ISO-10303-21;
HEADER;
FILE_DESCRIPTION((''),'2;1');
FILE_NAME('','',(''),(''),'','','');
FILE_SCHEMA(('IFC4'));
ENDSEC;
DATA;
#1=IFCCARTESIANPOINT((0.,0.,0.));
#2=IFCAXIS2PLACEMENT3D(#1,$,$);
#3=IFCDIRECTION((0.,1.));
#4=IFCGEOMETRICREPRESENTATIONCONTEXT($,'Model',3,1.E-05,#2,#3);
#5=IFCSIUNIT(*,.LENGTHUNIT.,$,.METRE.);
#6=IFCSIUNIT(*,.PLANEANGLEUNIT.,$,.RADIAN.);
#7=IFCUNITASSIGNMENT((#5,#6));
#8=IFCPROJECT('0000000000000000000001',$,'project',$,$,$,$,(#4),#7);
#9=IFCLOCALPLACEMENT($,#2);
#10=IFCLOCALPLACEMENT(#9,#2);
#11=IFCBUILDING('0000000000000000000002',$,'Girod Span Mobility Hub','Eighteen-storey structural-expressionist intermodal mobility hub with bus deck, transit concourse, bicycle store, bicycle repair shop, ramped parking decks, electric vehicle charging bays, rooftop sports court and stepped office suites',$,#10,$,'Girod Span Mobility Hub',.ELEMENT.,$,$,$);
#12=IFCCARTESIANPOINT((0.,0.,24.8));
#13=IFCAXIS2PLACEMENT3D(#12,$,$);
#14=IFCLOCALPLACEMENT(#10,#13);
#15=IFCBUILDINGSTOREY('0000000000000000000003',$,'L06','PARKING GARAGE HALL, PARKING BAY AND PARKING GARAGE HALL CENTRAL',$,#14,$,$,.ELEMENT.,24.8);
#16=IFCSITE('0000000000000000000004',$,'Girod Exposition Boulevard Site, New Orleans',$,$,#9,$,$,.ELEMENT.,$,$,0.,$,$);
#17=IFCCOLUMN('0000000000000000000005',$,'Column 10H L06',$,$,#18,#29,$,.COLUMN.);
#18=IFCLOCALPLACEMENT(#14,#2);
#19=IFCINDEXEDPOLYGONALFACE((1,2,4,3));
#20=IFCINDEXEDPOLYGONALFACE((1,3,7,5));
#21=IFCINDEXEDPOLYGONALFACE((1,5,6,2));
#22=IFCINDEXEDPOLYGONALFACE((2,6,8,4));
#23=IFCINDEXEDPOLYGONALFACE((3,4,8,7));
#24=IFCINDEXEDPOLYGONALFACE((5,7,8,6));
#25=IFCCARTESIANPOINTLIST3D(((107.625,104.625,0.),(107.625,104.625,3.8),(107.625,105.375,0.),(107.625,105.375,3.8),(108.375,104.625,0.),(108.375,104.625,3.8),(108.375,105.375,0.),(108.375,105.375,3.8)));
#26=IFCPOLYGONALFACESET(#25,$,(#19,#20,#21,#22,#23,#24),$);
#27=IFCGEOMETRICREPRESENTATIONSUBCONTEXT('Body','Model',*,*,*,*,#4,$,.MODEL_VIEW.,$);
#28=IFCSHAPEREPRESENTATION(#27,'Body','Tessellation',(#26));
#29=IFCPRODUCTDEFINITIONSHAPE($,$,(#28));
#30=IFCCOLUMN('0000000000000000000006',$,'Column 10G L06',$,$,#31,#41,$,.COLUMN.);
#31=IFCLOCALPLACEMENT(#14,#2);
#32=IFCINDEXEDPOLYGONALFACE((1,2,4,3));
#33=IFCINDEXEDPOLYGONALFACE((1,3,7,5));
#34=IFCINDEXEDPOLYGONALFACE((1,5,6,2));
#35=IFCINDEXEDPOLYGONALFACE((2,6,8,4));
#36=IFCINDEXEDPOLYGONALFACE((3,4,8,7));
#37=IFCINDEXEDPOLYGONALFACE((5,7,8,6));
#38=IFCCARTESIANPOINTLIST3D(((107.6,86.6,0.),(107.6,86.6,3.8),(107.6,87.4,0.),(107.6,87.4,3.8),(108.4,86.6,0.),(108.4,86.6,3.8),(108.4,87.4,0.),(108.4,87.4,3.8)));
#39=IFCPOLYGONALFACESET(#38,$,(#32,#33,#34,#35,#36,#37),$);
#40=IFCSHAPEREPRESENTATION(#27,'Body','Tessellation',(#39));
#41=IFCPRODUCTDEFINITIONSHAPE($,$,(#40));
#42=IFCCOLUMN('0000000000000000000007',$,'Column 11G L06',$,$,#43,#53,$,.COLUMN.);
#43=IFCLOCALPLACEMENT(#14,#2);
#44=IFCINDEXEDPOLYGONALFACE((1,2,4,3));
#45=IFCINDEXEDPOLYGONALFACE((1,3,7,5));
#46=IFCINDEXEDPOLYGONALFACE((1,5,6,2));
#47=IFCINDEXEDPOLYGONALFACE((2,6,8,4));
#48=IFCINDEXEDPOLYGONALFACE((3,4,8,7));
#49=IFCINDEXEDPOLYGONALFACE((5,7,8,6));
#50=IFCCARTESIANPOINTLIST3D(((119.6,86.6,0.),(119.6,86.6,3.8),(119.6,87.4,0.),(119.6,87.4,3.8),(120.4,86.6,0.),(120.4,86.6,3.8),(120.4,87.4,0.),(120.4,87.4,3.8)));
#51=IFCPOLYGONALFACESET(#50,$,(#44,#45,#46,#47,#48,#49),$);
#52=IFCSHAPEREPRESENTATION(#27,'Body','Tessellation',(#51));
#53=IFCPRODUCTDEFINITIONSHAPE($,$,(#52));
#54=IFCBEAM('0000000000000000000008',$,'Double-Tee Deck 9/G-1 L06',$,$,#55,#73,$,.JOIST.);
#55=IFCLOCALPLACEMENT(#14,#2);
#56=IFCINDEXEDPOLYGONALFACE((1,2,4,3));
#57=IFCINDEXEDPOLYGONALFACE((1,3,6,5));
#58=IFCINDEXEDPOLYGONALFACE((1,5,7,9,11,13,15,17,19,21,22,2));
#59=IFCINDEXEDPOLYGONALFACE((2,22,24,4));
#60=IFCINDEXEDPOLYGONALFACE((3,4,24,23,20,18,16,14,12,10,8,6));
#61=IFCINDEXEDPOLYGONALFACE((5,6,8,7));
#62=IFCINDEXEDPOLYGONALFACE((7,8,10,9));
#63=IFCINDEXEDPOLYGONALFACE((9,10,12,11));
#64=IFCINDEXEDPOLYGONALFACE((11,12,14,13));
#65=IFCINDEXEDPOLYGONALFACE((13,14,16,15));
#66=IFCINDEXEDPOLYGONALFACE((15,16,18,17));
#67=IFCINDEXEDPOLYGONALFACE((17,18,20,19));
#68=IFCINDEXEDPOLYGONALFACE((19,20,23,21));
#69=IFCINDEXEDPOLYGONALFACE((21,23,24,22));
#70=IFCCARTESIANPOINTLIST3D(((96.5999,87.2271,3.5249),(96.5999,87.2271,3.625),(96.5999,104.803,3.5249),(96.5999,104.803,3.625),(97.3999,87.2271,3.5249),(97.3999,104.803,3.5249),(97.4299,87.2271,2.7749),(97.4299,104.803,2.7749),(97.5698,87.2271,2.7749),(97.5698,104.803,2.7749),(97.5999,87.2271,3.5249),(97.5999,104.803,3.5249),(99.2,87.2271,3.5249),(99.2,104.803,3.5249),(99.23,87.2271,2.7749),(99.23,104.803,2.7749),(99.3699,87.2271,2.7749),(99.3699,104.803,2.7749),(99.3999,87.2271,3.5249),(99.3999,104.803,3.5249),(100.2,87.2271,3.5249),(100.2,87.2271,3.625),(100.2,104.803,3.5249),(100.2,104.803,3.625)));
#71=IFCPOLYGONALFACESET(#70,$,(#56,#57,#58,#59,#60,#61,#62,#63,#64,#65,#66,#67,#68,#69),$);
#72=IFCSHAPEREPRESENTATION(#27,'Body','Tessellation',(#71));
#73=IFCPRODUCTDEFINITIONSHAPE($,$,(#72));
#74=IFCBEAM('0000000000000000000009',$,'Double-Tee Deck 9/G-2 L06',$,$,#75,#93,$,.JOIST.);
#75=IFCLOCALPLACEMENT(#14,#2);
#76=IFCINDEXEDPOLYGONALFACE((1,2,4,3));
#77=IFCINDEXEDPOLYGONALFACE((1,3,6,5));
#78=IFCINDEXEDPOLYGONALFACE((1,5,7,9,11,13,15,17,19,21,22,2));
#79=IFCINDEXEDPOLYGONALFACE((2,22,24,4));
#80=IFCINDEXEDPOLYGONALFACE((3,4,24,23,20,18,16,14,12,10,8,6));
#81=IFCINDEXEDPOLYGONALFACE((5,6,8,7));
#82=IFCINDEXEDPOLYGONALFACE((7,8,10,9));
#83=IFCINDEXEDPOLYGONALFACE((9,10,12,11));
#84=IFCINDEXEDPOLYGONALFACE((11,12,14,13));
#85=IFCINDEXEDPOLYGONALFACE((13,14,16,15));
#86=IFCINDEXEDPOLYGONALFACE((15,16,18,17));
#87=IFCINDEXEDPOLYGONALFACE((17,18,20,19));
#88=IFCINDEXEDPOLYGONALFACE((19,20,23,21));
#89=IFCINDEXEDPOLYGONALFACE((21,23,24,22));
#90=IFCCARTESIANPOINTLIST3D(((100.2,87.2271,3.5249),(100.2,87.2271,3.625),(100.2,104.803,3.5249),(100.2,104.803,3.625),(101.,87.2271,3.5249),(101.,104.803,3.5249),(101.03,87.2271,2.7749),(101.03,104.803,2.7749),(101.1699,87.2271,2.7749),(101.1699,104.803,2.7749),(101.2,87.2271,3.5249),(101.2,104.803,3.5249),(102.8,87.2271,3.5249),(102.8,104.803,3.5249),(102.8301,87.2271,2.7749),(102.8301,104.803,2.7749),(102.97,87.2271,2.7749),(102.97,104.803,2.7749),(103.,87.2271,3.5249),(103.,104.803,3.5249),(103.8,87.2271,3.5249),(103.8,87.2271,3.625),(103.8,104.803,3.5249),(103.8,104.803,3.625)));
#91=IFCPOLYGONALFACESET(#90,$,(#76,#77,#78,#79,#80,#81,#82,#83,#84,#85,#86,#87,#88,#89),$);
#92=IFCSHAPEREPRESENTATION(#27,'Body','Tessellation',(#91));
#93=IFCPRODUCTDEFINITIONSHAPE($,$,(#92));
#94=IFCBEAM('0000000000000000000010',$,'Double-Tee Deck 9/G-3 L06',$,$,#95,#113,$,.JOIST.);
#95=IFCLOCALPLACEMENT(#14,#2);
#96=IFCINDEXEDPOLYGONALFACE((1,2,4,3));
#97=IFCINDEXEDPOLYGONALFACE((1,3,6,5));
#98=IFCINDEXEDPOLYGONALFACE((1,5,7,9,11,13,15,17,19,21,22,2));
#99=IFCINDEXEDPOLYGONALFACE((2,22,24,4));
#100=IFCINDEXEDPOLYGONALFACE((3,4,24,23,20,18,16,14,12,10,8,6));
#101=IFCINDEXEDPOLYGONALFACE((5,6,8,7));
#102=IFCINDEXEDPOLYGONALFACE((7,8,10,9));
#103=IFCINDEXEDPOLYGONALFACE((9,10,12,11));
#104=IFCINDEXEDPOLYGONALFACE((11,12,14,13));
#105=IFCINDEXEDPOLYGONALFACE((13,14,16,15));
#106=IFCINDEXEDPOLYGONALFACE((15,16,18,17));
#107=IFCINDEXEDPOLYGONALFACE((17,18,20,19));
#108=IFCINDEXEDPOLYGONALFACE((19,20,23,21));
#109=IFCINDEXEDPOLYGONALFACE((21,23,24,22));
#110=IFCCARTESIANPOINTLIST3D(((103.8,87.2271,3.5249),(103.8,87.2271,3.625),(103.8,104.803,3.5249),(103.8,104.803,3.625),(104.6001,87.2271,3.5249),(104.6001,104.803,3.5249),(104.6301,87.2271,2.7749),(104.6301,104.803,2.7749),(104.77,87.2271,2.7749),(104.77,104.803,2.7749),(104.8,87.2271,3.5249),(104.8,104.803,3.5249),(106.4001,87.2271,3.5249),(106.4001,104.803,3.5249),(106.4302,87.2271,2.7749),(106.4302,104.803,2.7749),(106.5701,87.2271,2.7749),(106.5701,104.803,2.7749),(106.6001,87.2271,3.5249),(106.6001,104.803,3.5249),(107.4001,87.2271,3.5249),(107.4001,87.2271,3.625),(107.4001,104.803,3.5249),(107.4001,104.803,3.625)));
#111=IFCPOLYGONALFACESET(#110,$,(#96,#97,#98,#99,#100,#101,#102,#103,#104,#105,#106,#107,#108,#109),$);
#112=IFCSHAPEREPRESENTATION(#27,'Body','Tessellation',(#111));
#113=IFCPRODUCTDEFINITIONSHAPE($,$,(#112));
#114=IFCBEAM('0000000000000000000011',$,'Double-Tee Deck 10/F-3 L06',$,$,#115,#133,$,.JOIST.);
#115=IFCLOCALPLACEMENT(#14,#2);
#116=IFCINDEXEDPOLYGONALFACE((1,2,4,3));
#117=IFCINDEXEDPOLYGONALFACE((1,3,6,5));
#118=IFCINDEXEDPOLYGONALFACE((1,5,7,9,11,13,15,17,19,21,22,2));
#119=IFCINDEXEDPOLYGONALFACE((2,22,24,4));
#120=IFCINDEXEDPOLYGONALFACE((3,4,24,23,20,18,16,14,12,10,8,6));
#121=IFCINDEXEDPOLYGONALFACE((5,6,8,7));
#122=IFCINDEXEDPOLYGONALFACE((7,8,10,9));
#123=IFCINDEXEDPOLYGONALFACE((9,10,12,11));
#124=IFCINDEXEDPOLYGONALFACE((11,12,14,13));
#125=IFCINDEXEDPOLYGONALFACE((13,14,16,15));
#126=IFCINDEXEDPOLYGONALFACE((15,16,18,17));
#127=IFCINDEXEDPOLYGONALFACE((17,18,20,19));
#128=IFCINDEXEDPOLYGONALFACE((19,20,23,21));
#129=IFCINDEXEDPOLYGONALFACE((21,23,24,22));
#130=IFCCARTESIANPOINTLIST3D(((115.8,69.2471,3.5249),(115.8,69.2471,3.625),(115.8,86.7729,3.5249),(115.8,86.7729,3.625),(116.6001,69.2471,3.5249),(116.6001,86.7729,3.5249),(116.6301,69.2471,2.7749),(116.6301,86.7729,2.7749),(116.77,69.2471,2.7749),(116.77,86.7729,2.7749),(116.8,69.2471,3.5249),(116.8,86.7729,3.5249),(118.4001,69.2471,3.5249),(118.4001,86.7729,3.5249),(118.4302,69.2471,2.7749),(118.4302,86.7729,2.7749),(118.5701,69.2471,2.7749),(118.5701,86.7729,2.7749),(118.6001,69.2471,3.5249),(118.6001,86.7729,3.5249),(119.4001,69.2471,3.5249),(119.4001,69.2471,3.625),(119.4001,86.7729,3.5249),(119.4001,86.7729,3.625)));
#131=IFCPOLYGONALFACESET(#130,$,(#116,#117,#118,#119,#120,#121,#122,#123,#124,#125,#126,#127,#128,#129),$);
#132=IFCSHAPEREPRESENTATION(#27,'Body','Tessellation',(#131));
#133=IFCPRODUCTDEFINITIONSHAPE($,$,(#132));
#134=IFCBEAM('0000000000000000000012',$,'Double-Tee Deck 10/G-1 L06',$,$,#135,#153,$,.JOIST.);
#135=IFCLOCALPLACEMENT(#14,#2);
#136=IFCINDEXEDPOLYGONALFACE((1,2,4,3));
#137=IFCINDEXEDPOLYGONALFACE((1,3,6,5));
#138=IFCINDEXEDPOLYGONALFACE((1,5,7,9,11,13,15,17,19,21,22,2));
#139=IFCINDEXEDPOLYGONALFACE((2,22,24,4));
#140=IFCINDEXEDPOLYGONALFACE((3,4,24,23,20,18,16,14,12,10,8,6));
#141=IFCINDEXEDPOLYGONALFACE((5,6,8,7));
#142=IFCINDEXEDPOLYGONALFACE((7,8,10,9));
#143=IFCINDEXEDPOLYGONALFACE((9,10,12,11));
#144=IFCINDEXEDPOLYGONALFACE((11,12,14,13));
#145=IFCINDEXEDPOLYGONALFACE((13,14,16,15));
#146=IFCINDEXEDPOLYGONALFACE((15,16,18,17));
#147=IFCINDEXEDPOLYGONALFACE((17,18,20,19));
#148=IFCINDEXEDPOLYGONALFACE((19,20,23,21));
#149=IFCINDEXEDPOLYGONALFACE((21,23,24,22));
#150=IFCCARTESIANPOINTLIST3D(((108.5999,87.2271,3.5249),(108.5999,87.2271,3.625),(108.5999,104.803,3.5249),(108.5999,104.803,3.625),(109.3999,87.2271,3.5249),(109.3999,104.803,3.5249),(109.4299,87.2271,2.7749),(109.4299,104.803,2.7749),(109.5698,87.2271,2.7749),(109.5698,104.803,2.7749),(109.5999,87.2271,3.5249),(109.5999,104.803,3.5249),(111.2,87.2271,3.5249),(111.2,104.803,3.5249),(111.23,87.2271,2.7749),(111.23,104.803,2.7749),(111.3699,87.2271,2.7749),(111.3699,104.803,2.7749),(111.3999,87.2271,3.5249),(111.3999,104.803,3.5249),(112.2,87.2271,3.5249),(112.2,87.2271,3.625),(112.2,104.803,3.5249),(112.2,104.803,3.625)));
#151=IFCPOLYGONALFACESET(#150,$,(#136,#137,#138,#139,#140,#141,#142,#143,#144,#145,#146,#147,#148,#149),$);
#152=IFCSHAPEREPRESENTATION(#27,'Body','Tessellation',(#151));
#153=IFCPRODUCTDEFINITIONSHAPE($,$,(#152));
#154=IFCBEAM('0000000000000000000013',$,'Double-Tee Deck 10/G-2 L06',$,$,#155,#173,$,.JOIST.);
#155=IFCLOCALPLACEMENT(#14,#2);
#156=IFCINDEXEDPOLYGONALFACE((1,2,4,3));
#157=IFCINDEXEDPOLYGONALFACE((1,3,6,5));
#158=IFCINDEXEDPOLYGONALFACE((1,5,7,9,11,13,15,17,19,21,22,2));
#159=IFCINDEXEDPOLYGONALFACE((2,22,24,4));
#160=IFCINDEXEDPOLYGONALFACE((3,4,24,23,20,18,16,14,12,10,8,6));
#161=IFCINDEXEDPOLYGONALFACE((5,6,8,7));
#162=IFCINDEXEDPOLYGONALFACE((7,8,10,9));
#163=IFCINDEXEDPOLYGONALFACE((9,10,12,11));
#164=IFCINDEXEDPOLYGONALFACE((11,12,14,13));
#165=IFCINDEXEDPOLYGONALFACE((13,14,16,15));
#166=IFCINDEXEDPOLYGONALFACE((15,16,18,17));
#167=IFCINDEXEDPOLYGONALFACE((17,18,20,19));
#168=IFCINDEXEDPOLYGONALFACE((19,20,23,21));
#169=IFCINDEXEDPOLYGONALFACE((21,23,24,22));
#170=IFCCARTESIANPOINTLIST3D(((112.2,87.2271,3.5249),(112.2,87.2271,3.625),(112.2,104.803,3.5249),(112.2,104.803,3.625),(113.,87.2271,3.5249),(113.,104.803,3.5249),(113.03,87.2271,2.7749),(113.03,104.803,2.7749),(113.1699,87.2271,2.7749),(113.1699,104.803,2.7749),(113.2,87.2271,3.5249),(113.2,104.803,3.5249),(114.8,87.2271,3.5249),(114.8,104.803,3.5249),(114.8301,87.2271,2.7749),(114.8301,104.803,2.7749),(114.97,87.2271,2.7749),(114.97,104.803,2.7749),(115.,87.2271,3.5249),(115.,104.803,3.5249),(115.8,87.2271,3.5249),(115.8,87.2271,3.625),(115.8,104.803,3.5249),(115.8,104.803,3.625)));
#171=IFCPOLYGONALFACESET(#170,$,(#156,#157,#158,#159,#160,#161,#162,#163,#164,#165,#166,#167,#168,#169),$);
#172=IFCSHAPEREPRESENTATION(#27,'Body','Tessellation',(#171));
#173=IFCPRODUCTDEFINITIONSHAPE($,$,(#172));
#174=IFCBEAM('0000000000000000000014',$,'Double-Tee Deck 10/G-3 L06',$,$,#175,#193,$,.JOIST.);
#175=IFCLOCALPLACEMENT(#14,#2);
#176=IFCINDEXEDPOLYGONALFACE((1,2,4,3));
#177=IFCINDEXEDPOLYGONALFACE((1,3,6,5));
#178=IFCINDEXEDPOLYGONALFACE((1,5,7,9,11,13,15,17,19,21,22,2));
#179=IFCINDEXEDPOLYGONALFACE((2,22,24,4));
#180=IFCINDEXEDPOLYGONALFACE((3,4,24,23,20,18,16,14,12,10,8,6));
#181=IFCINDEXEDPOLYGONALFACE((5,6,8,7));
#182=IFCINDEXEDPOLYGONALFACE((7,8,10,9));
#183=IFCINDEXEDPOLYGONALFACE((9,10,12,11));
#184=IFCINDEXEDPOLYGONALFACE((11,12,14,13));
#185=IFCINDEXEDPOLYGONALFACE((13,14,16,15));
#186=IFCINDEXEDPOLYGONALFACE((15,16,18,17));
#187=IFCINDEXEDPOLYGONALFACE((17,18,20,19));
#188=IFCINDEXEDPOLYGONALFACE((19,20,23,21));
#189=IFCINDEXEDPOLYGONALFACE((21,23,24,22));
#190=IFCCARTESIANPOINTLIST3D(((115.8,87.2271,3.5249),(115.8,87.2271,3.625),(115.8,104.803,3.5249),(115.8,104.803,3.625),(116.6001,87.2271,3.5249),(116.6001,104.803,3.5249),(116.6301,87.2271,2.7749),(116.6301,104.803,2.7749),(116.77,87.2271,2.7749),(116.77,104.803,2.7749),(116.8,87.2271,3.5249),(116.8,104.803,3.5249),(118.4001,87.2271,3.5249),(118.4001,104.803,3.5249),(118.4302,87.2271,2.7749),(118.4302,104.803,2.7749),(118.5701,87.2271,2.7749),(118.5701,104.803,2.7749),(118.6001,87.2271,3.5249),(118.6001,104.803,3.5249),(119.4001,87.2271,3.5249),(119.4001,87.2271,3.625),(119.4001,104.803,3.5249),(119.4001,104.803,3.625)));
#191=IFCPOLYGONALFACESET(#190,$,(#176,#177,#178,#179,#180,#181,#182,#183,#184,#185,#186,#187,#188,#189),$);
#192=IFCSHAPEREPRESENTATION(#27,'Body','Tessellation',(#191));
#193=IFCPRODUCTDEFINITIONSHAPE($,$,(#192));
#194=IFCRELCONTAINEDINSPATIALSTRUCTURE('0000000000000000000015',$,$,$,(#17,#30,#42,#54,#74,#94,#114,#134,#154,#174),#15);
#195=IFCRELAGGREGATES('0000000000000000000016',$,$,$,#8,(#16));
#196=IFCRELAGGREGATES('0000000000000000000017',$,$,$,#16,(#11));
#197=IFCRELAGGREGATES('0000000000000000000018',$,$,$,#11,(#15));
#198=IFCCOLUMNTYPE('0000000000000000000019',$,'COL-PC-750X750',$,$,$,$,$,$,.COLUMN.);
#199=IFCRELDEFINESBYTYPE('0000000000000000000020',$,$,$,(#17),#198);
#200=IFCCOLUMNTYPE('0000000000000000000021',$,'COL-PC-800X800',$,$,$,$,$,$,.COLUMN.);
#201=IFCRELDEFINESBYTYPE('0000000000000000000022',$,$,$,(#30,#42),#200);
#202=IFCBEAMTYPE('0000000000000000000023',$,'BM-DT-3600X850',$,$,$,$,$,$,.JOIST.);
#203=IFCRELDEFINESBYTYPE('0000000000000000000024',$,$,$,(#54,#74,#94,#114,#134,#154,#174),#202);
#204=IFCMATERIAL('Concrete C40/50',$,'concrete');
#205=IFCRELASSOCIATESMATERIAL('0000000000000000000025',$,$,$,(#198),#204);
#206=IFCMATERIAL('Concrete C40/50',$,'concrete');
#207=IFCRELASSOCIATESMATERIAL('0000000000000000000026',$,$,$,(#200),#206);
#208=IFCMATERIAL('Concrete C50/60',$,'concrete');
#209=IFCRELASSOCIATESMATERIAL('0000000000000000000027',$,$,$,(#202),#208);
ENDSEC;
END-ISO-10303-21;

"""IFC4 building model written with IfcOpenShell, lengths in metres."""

from ifc_helpers import new_model, si_unit, direction, frame, origin, origin_2d, place, context, subcontext, project, spatial, polyline, rectangle, outline, extrude, material, material_profile, profile_set, type_object, element, save


model = new_model("IFC4")

# Units and contexts
model_context = context("Model", 3, precision=1e-05, world=origin(), true_north=direction((0.0, 1.0)))
body_context = subcontext(model_context, "Body", "Model", "MODEL_VIEW")
ifc_project = project(units=[si_unit("LENGTHUNIT", "METRE"), si_unit("PLANEANGLEUNIT", "RADIAN")], contexts=[model_context])

# Site, building, storey
site_placement = place(None, origin())
site = spatial("IfcSite", under=ifc_project, at=site_placement, Name="Girod Exposition Boulevard Site, New Orleans", CompositionType="ELEMENT", RefElevation=0.0)
building_placement = place(site_placement, origin())
building = spatial("IfcBuilding", under=site, at=building_placement, Name="Girod Span Mobility Hub", Description="Eighteen-storey structural-expressionist intermodal mobility hub with bus deck, transit concourse, bicycle store, bicycle repair shop, ramped parking decks, electric vehicle charging bays, rooftop sports court and stepped office suites", LongName="Girod Span Mobility Hub", CompositionType="ELEMENT")
storey_placement = place(building_placement, frame((0.0, 0.0, 24.8)))
storey = spatial("IfcBuildingStorey", under=building, at=storey_placement, Name="L06", Description="PARKING GARAGE HALL, PARKING BAY AND PARKING GARAGE HALL CENTRAL", CompositionType="ELEMENT", Elevation=24.8)

# Columns
ifc_material_1 = material(Name="Concrete C40/50", Category="concrete")
ifc_material_profile_1 = material_profile(ifc_material_1, rectangle(XDim=0.75, YDim=0.75, at=origin_2d()), Name="PC-COL-750X750")
ifc_profile_set_1 = profile_set([ifc_material_profile_1], Name="Concrete C40/50")
column_type_1 = type_object("IfcColumnType", Name="COL-PC-750X750", PredefinedType="COLUMN", material=ifc_profile_set_1)
column_placement = place(storey_placement, frame((108.0, 105.0, 0.0), z_axis=(0.0, 0.0, 1.0), x_axis=(1.0, 0.0, 0.0)))
element("IfcColumn", 1, at=column_placement, inside=storey, type_object=column_type_1, Name="Column 10H L06", PredefinedType="COLUMN", context=body_context, shape_type="SweptSolid", body=[
    extrude(rectangle(XDim=0.75, YDim=0.75, at=origin_2d()), origin(), (0.0, 0.0, 1.0), 3.8),
])
ifc_material_2 = material(Name="Concrete C40/50", Category="concrete")
ifc_material_profile_2 = material_profile(ifc_material_2, rectangle(XDim=0.8, YDim=0.8, at=origin_2d()), Name="PC-COL-800X800")
ifc_profile_set_2 = profile_set([ifc_material_profile_2], Name="Concrete C40/50")
column_type_2 = type_object("IfcColumnType", Name="COL-PC-800X800", PredefinedType="COLUMN", material=ifc_profile_set_2)
for number, where, z_axis, x_axis, name in (
    (2, (108.0, 87.0, 0.0), (0.0, 0.0, 1.0), (1.0, 0.0, 0.0), "Column 10G L06"),
    (3, (120.0, 87.0, 0.0), (0.0, 0.0, 1.0), (1.0, 0.0, 0.0), "Column 11G L06"),
):
    element("IfcColumn", number, at=place(storey_placement, frame(where, z_axis=z_axis, x_axis=x_axis)), inside=storey, type_object=column_type_2, Name=name, PredefinedType="COLUMN", context=body_context, shape_type="SweptSolid", body=[
        extrude(rectangle(XDim=0.8, YDim=0.8, at=origin_2d()), origin(), (0.0, 0.0, 1.0), 3.8),
    ])

# Beams
ifc_material_3 = material(Name="Concrete C50/60", Category="concrete")
ifc_material_profile_3 = material_profile(ifc_material_3, outline(polyline([(-1.8, 0.425), (-1.8, 0.325), (-1.0, 0.325), (-0.97, -0.425), (-0.8301, -0.425), (-0.8, 0.325), (0.8, 0.325), (0.8301, -0.425), (0.97, -0.425), (1.0, 0.325), (1.8, 0.325), (1.8, 0.425), (-1.8, 0.425)])), Name="DT-3600X850")
ifc_profile_set_3 = profile_set([ifc_material_profile_3], Name="Concrete C50/60")
beam_type_1 = type_object("IfcBeamType", Name="BM-DT-3600X850", PredefinedType="JOIST", material=ifc_profile_set_3)
for number, where, z_axis, x_axis, name in (
    (4, (98.3999, 87.2271, 3.2), (0.0, 1.0, 0.0), (-1.0, 0.0, 0.0), "Double-Tee Deck 9/G-1 L06"),
    (5, (102.0, 87.2271, 3.2), (0.0, 1.0, 0.0), (-1.0, 0.0, 0.0), "Double-Tee Deck 9/G-2 L06"),
    (6, (105.6001, 87.2271, 3.2), (0.0, 1.0, 0.0), (-1.0, 0.0, 0.0), "Double-Tee Deck 9/G-3 L06"),
):
    element("IfcBeam", number, at=place(storey_placement, frame(where, z_axis=z_axis, x_axis=x_axis)), inside=storey, type_object=beam_type_1, Name=name, PredefinedType="JOIST", context=body_context, shape_type="SweptSolid", body=[
        extrude(outline(polyline([(-1.8, 0.425), (-1.8, 0.325), (-1.0, 0.325), (-0.97, -0.425), (-0.8301, -0.425), (-0.8, 0.325), (0.8, 0.325), (0.8301, -0.425), (0.97, -0.425), (1.0, 0.325), (1.8, 0.325), (1.8, 0.425), (-1.8, 0.425)])), origin(), (0.0, 0.0, 1.0), 17.5759),
    ])
beam_1_placement = place(storey_placement, frame((117.6001, 69.2471, 3.2), z_axis=(0.0, 1.0, 0.0), x_axis=(-1.0, 0.0, 0.0)))
element("IfcBeam", 7, at=beam_1_placement, inside=storey, type_object=beam_type_1, Name="Double-Tee Deck 10/F-3 L06", PredefinedType="JOIST", context=body_context, shape_type="SweptSolid", body=[
    extrude(outline(polyline([(-1.8, 0.425), (-1.8, 0.325), (-1.0, 0.325), (-0.97, -0.425), (-0.8301, -0.425), (-0.8, 0.325), (0.8, 0.325), (0.8301, -0.425), (0.97, -0.425), (1.0, 0.325), (1.8, 0.325), (1.8, 0.425), (-1.8, 0.425)])), origin(), (0.0, 0.0, 1.0), 17.5259),
])
for number, where, z_axis, x_axis, name in (
    (8, (110.3999, 87.2271, 3.2), (0.0, 1.0, 0.0), (-1.0, 0.0, 0.0), "Double-Tee Deck 10/G-1 L06"),
    (9, (114.0, 87.2271, 3.2), (0.0, 1.0, 0.0), (-1.0, 0.0, 0.0), "Double-Tee Deck 10/G-2 L06"),
    (10, (117.6001, 87.2271, 3.2), (0.0, 1.0, 0.0), (-1.0, 0.0, 0.0), "Double-Tee Deck 10/G-3 L06"),
):
    element("IfcBeam", number, at=place(storey_placement, frame(where, z_axis=z_axis, x_axis=x_axis)), inside=storey, type_object=beam_type_1, Name=name, PredefinedType="JOIST", context=body_context, shape_type="SweptSolid", body=[
        extrude(outline(polyline([(-1.8, 0.425), (-1.8, 0.325), (-1.0, 0.325), (-0.97, -0.425), (-0.8301, -0.425), (-0.8, 0.325), (0.8, 0.325), (0.8301, -0.425), (0.97, -0.425), (1.0, 0.325), (1.8, 0.325), (1.8, 0.425), (-1.8, 0.425)])), origin(), (0.0, 0.0, 1.0), 17.5759),
    ])

save(model, "model.ifc")
